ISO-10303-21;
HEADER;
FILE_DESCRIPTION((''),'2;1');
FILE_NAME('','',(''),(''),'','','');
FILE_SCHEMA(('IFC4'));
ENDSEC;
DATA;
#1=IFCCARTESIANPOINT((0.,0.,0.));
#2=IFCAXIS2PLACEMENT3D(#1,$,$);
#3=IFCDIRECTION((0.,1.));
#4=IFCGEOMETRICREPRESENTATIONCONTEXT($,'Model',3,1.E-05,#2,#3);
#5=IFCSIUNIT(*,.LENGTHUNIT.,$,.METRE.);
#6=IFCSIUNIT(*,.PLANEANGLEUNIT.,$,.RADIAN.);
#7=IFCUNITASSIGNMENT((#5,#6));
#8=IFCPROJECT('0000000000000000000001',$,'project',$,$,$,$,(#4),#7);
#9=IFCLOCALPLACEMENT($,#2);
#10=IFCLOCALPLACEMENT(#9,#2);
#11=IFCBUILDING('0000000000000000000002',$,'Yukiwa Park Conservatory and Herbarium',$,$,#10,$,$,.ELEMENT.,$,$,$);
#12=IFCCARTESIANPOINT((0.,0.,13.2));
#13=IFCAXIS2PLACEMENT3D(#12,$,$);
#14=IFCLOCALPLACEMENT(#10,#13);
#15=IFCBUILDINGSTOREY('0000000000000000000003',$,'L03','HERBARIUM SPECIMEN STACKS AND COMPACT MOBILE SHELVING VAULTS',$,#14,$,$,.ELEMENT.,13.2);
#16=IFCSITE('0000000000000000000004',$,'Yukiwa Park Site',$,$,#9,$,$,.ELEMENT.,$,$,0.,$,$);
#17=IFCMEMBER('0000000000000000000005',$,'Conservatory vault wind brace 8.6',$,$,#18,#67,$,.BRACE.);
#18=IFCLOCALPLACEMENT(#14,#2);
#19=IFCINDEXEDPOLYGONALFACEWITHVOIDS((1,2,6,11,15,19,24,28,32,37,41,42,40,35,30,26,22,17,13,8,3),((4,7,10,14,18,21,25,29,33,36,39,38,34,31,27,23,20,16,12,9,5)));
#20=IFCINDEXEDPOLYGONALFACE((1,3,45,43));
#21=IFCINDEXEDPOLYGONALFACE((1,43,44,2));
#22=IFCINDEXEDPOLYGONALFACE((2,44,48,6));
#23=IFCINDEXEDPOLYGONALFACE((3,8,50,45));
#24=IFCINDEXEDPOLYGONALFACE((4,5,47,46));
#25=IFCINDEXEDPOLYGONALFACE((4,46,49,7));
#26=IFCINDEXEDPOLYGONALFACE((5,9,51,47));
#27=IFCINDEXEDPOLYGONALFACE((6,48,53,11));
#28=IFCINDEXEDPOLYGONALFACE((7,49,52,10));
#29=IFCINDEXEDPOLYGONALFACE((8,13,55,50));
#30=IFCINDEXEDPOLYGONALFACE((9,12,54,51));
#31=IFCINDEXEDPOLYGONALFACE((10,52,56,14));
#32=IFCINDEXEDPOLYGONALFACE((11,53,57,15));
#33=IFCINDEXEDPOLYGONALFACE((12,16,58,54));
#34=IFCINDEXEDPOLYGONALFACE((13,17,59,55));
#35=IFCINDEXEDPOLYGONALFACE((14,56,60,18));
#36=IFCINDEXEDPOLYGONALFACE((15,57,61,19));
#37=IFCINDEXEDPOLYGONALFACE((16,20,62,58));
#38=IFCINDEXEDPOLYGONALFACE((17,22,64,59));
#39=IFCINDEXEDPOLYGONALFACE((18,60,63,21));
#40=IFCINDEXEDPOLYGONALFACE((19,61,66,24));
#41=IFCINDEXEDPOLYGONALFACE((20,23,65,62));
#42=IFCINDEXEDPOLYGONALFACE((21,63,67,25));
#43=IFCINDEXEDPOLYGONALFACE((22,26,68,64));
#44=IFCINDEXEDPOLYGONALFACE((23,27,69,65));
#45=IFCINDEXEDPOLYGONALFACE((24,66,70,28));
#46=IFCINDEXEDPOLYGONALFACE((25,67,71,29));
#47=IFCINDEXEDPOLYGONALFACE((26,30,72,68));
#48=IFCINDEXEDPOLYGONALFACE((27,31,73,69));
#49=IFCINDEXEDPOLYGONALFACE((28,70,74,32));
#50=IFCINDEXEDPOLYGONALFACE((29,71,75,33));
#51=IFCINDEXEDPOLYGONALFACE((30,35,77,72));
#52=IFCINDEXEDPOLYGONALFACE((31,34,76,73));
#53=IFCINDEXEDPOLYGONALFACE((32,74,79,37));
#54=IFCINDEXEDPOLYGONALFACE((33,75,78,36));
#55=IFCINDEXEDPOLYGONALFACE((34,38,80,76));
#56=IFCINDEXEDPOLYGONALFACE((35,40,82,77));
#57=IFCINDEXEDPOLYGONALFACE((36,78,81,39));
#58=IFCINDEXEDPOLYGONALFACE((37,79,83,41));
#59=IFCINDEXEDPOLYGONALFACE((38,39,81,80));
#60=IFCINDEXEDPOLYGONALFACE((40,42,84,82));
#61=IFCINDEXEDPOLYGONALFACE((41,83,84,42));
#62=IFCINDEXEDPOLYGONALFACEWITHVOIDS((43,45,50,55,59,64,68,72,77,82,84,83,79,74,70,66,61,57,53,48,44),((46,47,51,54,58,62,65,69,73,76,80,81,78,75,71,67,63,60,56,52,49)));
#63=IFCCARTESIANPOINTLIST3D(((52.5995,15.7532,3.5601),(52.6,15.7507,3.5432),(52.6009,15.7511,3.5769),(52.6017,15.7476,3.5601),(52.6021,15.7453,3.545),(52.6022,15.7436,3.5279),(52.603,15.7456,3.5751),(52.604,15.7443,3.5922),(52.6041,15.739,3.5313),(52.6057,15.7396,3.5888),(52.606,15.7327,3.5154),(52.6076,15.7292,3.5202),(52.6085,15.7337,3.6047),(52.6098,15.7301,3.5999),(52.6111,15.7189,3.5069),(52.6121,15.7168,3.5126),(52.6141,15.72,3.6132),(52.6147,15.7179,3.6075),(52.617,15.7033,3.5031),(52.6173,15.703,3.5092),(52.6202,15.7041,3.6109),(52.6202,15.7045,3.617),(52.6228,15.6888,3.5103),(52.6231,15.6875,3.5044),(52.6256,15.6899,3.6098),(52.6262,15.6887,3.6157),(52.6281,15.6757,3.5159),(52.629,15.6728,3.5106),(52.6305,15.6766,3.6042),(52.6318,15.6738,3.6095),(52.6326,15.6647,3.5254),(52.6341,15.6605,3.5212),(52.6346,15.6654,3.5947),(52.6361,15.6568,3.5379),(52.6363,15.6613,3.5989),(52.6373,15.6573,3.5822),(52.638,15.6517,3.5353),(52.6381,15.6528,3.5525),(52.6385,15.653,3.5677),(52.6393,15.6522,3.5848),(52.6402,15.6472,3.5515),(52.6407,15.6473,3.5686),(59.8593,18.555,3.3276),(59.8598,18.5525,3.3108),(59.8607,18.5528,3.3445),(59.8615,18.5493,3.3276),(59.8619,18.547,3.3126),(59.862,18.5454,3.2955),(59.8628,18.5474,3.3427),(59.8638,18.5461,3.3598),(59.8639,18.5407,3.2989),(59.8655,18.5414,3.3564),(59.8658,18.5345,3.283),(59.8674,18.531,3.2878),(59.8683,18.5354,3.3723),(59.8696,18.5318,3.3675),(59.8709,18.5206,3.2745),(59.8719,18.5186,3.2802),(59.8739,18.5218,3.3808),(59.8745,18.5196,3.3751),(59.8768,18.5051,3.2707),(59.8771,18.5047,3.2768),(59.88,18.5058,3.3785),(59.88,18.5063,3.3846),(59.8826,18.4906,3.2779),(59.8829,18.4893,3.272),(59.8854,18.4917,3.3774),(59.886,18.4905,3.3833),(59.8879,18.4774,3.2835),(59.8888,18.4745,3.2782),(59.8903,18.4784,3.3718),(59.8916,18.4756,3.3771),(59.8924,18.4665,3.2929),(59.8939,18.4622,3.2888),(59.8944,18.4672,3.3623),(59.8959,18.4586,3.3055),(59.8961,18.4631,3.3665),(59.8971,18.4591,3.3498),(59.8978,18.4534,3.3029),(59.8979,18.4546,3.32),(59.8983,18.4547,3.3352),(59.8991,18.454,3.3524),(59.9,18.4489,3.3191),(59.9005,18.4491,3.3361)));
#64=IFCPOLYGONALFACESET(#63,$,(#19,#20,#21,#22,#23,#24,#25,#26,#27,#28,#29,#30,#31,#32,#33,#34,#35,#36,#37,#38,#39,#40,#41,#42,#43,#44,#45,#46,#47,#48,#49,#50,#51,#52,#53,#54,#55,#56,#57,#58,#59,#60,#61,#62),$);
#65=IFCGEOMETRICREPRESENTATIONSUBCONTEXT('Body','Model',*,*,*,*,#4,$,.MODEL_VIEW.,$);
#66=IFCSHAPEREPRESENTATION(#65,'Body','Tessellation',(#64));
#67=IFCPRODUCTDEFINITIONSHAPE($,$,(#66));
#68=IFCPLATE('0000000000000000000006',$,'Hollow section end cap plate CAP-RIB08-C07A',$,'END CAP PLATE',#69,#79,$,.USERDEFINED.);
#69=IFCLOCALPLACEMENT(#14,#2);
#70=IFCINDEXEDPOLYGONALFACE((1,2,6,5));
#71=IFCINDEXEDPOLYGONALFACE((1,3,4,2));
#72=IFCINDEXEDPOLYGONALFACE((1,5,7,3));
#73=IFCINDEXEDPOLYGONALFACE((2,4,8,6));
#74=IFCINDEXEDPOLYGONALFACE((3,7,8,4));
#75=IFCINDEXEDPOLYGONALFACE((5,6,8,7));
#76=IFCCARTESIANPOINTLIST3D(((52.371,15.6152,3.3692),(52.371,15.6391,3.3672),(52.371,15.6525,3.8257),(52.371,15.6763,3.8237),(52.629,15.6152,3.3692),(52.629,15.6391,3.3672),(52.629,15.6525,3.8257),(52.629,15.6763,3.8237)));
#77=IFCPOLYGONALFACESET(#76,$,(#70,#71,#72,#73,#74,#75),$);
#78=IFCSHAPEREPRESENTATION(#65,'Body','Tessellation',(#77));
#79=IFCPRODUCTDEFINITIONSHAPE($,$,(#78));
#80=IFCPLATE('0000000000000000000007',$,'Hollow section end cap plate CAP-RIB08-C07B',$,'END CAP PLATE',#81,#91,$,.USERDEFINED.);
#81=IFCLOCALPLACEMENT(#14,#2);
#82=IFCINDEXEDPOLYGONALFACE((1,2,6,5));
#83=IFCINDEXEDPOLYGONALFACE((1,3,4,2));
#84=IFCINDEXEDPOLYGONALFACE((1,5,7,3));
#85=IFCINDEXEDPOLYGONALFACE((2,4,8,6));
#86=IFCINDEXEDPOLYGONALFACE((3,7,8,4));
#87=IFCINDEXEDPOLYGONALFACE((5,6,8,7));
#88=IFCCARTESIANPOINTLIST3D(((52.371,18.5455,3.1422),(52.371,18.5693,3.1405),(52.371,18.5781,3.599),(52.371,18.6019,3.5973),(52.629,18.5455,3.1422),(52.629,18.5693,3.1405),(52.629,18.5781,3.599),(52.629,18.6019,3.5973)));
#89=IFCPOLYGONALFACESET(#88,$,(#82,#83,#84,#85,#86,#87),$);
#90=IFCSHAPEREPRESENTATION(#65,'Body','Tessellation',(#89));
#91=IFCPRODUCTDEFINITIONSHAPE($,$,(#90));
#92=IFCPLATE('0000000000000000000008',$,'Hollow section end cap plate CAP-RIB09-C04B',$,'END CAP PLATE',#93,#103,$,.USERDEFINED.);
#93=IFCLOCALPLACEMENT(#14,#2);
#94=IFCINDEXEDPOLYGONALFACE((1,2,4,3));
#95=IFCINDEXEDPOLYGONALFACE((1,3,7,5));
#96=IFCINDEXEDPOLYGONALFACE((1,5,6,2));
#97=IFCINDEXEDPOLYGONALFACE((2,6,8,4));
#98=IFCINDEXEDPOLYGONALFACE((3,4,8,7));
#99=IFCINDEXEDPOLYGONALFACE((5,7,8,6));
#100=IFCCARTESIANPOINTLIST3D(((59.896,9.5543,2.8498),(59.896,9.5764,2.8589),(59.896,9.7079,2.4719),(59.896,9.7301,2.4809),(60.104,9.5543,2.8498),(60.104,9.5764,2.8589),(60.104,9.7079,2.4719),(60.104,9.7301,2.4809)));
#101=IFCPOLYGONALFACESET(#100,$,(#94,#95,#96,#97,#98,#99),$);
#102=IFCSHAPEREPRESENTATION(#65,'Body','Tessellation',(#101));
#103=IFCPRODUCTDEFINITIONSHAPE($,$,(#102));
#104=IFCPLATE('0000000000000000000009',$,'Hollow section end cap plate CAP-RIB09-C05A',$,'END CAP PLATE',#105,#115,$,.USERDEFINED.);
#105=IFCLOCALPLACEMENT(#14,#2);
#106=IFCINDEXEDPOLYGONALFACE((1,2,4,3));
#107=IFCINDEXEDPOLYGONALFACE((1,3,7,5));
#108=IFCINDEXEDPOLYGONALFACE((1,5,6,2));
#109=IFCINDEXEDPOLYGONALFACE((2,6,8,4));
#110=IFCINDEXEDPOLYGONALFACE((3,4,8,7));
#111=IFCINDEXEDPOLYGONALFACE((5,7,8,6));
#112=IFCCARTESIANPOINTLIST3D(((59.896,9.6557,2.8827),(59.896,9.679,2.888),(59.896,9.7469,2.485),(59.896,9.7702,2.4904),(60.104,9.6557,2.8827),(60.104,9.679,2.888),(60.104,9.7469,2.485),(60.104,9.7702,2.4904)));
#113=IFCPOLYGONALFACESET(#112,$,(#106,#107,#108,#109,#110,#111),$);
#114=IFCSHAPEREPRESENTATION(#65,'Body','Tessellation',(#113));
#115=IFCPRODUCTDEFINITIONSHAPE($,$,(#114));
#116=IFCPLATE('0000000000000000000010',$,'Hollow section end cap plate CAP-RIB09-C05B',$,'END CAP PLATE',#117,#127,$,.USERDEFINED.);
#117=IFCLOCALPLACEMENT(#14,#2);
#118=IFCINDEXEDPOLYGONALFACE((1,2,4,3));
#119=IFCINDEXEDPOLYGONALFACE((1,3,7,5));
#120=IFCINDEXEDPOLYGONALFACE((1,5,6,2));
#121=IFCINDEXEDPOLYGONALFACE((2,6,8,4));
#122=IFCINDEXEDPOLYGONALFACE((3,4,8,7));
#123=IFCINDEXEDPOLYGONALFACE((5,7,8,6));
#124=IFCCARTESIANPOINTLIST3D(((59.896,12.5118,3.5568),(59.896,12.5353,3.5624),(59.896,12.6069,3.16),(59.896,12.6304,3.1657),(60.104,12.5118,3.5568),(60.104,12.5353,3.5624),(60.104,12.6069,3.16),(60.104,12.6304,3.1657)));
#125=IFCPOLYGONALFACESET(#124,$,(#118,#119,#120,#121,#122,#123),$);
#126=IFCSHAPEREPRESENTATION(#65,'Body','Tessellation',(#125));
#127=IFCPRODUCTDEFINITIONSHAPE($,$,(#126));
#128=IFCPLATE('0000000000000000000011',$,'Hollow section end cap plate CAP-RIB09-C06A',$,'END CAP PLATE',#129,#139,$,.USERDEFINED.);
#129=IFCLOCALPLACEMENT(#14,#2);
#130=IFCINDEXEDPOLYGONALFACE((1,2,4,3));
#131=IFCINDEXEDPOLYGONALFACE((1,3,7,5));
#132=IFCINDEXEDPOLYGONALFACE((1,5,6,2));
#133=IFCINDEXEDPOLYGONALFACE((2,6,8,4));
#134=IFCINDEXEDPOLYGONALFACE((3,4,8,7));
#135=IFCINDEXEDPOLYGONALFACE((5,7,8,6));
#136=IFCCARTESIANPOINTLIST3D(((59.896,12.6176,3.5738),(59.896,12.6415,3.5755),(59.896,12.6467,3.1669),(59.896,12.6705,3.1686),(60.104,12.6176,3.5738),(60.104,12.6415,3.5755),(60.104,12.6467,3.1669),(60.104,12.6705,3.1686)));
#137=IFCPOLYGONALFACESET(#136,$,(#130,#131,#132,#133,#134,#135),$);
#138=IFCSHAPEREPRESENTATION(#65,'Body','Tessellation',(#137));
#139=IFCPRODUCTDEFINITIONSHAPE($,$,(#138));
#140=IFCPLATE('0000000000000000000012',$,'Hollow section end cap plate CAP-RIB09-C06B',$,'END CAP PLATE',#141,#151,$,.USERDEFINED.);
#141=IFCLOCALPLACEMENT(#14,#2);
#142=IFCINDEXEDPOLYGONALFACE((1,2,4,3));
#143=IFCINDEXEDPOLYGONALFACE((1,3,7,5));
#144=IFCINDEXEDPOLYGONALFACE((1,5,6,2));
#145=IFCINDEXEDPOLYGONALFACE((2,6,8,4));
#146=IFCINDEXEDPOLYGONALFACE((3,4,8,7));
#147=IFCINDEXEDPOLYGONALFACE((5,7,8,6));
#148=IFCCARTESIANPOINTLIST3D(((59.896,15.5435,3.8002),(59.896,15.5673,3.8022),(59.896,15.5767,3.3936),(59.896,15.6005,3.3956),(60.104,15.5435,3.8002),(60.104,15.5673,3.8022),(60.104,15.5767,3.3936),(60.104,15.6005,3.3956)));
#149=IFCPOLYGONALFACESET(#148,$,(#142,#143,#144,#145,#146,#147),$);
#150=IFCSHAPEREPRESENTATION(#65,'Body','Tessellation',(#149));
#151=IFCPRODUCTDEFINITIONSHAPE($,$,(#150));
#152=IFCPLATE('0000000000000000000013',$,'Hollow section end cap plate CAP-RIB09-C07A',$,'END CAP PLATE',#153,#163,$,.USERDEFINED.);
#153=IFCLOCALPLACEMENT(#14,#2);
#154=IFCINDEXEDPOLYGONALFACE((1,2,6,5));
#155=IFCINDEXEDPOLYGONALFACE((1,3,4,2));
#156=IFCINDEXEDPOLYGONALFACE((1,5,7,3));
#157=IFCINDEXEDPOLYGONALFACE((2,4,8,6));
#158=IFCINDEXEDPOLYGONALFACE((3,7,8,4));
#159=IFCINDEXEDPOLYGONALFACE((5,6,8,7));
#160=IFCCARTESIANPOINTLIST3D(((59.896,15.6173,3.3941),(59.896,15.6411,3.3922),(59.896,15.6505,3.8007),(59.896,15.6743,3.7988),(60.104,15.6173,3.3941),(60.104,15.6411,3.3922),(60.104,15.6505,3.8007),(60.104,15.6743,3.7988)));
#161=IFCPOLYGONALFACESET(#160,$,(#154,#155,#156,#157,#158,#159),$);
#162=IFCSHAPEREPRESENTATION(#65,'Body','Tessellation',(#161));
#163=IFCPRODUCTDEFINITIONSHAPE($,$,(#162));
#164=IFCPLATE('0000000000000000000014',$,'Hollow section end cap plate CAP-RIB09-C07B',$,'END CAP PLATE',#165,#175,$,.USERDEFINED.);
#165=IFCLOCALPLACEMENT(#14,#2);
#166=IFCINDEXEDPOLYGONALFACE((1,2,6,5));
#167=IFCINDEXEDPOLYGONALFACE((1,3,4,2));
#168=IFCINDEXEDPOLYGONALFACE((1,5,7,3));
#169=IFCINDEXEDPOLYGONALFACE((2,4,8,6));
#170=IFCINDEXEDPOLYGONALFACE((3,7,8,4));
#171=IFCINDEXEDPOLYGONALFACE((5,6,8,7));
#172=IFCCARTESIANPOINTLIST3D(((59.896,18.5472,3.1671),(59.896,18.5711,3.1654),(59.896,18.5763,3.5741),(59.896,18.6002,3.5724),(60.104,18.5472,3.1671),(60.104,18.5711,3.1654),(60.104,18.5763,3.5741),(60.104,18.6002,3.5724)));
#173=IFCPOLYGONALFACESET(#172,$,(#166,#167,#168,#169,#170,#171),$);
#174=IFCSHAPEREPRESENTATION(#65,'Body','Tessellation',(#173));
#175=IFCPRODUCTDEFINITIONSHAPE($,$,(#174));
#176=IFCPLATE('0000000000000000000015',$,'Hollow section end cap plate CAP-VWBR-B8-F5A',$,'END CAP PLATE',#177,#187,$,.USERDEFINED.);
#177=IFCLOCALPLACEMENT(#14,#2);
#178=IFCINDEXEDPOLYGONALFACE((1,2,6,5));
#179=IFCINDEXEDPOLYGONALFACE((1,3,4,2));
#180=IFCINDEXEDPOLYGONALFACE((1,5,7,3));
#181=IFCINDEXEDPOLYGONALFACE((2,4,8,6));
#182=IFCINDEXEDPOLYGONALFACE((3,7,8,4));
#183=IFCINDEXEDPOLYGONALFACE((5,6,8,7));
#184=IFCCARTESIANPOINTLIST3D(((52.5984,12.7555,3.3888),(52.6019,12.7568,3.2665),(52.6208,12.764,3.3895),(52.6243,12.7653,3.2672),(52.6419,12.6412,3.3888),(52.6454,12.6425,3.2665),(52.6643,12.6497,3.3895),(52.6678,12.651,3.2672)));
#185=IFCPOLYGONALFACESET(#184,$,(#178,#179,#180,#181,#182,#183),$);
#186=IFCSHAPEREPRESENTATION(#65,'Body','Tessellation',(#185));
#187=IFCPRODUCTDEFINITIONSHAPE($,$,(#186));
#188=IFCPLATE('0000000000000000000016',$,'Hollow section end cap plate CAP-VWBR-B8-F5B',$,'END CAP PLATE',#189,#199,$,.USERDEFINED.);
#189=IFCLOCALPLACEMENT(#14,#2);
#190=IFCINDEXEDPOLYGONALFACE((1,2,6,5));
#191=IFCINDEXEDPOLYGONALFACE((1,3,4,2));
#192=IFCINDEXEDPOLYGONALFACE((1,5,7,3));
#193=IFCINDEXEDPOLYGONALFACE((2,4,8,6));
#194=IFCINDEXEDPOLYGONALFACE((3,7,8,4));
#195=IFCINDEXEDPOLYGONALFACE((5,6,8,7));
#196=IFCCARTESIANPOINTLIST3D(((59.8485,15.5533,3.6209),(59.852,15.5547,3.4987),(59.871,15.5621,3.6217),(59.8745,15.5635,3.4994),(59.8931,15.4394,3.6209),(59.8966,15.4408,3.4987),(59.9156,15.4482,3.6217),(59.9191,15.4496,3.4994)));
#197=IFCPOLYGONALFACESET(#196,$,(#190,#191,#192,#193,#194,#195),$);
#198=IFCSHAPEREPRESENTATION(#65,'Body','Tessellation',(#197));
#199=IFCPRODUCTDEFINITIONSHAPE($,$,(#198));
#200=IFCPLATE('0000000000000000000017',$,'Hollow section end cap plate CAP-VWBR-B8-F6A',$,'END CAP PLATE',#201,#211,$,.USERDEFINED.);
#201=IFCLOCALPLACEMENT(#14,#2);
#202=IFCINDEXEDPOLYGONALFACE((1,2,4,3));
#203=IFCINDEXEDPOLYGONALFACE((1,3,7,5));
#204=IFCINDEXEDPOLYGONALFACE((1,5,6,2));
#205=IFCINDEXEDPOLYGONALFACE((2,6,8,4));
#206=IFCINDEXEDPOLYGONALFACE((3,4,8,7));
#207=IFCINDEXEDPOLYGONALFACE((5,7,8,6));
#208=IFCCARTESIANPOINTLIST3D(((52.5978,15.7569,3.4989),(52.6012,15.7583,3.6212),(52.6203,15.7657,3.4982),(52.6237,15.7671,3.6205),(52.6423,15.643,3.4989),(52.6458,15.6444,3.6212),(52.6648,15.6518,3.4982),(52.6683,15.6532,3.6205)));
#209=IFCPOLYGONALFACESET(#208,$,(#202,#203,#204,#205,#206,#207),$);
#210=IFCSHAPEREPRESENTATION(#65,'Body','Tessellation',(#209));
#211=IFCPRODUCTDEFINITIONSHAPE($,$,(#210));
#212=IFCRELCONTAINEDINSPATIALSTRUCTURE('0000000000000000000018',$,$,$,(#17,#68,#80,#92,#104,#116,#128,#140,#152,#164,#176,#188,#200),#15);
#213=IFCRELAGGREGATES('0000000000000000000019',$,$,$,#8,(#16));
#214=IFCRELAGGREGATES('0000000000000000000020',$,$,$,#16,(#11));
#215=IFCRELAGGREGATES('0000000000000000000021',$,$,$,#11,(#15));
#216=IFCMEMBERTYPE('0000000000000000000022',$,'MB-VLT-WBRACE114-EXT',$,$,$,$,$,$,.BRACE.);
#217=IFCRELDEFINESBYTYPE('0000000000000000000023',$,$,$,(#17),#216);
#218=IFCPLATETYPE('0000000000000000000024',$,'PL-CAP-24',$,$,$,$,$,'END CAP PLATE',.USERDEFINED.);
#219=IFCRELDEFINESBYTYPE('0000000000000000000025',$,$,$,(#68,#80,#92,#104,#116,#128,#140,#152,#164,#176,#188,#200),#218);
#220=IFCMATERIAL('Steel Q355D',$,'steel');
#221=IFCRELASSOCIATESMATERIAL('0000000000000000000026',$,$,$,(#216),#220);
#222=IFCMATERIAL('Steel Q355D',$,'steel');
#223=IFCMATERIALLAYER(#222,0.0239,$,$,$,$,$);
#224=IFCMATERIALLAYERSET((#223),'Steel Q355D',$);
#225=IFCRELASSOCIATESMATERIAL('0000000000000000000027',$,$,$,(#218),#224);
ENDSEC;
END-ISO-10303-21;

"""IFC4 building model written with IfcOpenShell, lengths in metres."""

from ifc_helpers import new_model, si_unit, direction, frame, origin, origin_2d, place, context, subcontext, project, spatial, rectangle, hollow_circle, extrude, material, layer, layer_set, material_profile, profile_set, type_object, element, save


model = new_model("IFC4")

# Units and contexts
model_context = context("Model", 3, precision=1e-05, world=origin(), true_north=direction((0.0, 1.0)))
body_context = subcontext(model_context, "Body", "Model", "MODEL_VIEW")
ifc_project = project(units=[si_unit("LENGTHUNIT", "METRE"), si_unit("PLANEANGLEUNIT", "RADIAN")], contexts=[model_context])

# Site, building, storey
site_placement = place(None, origin())
site = spatial("IfcSite", under=ifc_project, at=site_placement, Name="Yukiwa Park Site", CompositionType="ELEMENT", RefElevation=0.0)
building_placement = place(site_placement, origin())
building = spatial("IfcBuilding", under=site, at=building_placement, Name="Yukiwa Park Conservatory and Herbarium", CompositionType="ELEMENT")
storey_placement = place(building_placement, frame((0.0, 0.0, 13.2)))
storey = spatial("IfcBuildingStorey", under=building, at=storey_placement, Name="L03", Description="HERBARIUM SPECIMEN STACKS AND COMPACT MOBILE SHELVING VAULTS", CompositionType="ELEMENT", Elevation=13.2)

# Member
ifc_material_1 = material(Name="Steel Q355D", Category="steel")
ifc_material_profile_1 = material_profile(ifc_material_1, hollow_circle(Radius=0.0571, WallThickness=0.0061, at=origin_2d()), Name="CHS 114.3x6")
ifc_profile_set_1 = profile_set([ifc_material_profile_1], Name="Steel Q355D")
member_type_1 = type_object("IfcMemberType", Name="MB-VLT-WBRACE114-EXT", PredefinedType="BRACE", material=ifc_profile_set_1)
for number, where, z_axis, x_axis, name in (
    (1, (52.6201, 15.7, 3.5601), (0.932518, 0.359886, -0.029855), (-0.360047, 0.932934, 0.0), "Conservatory vault wind brace 8.6"),
):
    element("IfcMember", number, at=place(storey_placement, frame(where, z_axis=z_axis, x_axis=x_axis)), inside=storey, type_object=member_type_1, Name=name, PredefinedType="BRACE", context=body_context, shape_type="SweptSolid", body=[
        extrude(hollow_circle(Radius=0.0571, WallThickness=0.0061, at=origin_2d()), origin(), (0.0, 0.0, 1.0), 7.7852),
    ])

# Plates
ifc_material_2 = material(Name="Steel Q355D", Category="steel")
ifc_layer = layer(ifc_material_2, 0.0239)
ifc_layer_set = layer_set([ifc_layer], Name="Steel Q355D")
plate_type = type_object("IfcPlateType", Name="PL-CAP-24", ElementType="END CAP PLATE", PredefinedType="USERDEFINED", material=ifc_layer_set)
for number, where, z_axis, x_axis, name in (
    (2, (52.5, 15.6577, 3.5955), (0.0, -0.996685, 0.081362), (1.0, 0.0, 0.0), "Hollow section end cap plate CAP-RIB08-C07A"),
    (3, (52.5, 18.5618, 3.3706), (0.0, 0.997459, -0.071247), (-1.0, 0.0, 0.0), "Hollow section end cap plate CAP-RIB08-C07B"),
):
    element("IfcPlate", number, at=place(storey_placement, frame(where, z_axis=z_axis, x_axis=x_axis)), inside=storey, type_object=plate_type, Name=name, ObjectType="END CAP PLATE", PredefinedType="USERDEFINED", context=body_context, shape_type="SweptSolid", body=[
        extrude(rectangle(XDim=0.2581, YDim=0.458, at=origin_2d()), origin(), (0.0, 0.0, 1.0), 0.0239),
    ])
for number, where, z_axis, x_axis, name in (
    (4, (60.0, 9.6311, 2.6609), (0.0, 0.926356, 0.37665), (-1.0, 0.0, 0.0), "Hollow section end cap plate CAP-RIB09-C04B"),
    (5, (60.0, 9.7246, 2.6892), (0.0, -0.974732, -0.223376), (1.0, 0.0, 0.0), "Hollow section end cap plate CAP-RIB09-C05A"),
):
    element("IfcPlate", number, at=place(storey_placement, frame(where, z_axis=z_axis, x_axis=x_axis)), inside=storey, type_object=plate_type, Name=name, ObjectType="END CAP PLATE", PredefinedType="USERDEFINED", context=body_context, shape_type="SweptSolid", body=[
        extrude(rectangle(XDim=0.208, YDim=0.408, at=origin_2d()), origin(), (0.0, 0.0, 1.0), 0.0239),
    ])
plate_1_placement = place(storey_placement, frame((60.0, 12.5593, 3.3584), z_axis=(0.0, 0.972479, 0.23299), x_axis=(-1.0, 0.0, 0.0)))
element("IfcPlate", 6, at=plate_1_placement, inside=storey, type_object=plate_type, Name="Hollow section end cap plate CAP-RIB09-C05B", ObjectType="END CAP PLATE", PredefinedType="USERDEFINED", context=body_context, shape_type="SweptSolid", body=[
    extrude(rectangle(XDim=0.208, YDim=0.408, at=origin_2d()), origin(), (0.0, 0.0, 1.0), 0.0242),
])
for number, where, z_axis, x_axis, name in (
    (7, (60.0, 12.656, 3.3721), (0.0, -0.997459, -0.071247), (1.0, 0.0, 0.0), "Hollow section end cap plate CAP-RIB09-C06A"),
    (8, (60.0, 15.5601, 3.5969), (0.0, 0.996685, 0.081362), (-1.0, 0.0, 0.0), "Hollow section end cap plate CAP-RIB09-C06B"),
    (9, (60.0, 15.6577, 3.5955), (0.0, -0.996685, 0.081362), (1.0, 0.0, 0.0), "Hollow section end cap plate CAP-RIB09-C07A"),
    (10, (60.0, 18.5618, 3.3706), (0.0, 0.997459, -0.071247), (-1.0, 0.0, 0.0), "Hollow section end cap plate CAP-RIB09-C07B"),
):
    element("IfcPlate", number, at=place(storey_placement, frame(where, z_axis=z_axis, x_axis=x_axis)), inside=storey, type_object=plate_type, Name=name, ObjectType="END CAP PLATE", PredefinedType="USERDEFINED", context=body_context, shape_type="SweptSolid", body=[
        extrude(rectangle(XDim=0.208, YDim=0.408, at=origin_2d()), origin(), (0.0, 0.0, 1.0), 0.0239),
    ])
plate_2_placement = place(storey_placement, frame((52.6443, 12.7075, 3.3284), z_axis=(-0.934215, -0.355408, -0.030464), x_axis=(0.355573, -0.934649, 0.0)))
element("IfcPlate", 11, at=plate_2_placement, inside=storey, type_object=plate_type, Name="Hollow section end cap plate CAP-VWBR-B8-F5A", ObjectType="END CAP PLATE", PredefinedType="USERDEFINED", context=body_context, shape_type="SweptSolid", body=[
    extrude(rectangle(XDim=0.1223, YDim=0.1223, at=origin_2d()), origin(), (0.0, 0.0, 1.0), 0.0239),
])
for number, where, z_axis, x_axis, name in (
    (12, (59.8726, 15.4971, 3.5598), (0.930814, 0.364231, 0.030353), (-0.364399, 0.931243, 0.0), "Hollow section end cap plate CAP-VWBR-B8-F5B"),
    (13, (52.6443, 15.7095, 3.5593), (-0.930814, -0.364231, 0.030353), (0.364399, -0.931243, 0.0), "Hollow section end cap plate CAP-VWBR-B8-F6A"),
):
    element("IfcPlate", number, at=place(storey_placement, frame(where, z_axis=z_axis, x_axis=x_axis)), inside=storey, type_object=plate_type, Name=name, ObjectType="END CAP PLATE", PredefinedType="USERDEFINED", context=body_context, shape_type="SweptSolid", body=[
        extrude(rectangle(XDim=0.1223, YDim=0.1223, at=origin_2d()), origin(), (0.0, 0.0, 1.0), 0.0242),
    ])

save(model, "model.ifc")
